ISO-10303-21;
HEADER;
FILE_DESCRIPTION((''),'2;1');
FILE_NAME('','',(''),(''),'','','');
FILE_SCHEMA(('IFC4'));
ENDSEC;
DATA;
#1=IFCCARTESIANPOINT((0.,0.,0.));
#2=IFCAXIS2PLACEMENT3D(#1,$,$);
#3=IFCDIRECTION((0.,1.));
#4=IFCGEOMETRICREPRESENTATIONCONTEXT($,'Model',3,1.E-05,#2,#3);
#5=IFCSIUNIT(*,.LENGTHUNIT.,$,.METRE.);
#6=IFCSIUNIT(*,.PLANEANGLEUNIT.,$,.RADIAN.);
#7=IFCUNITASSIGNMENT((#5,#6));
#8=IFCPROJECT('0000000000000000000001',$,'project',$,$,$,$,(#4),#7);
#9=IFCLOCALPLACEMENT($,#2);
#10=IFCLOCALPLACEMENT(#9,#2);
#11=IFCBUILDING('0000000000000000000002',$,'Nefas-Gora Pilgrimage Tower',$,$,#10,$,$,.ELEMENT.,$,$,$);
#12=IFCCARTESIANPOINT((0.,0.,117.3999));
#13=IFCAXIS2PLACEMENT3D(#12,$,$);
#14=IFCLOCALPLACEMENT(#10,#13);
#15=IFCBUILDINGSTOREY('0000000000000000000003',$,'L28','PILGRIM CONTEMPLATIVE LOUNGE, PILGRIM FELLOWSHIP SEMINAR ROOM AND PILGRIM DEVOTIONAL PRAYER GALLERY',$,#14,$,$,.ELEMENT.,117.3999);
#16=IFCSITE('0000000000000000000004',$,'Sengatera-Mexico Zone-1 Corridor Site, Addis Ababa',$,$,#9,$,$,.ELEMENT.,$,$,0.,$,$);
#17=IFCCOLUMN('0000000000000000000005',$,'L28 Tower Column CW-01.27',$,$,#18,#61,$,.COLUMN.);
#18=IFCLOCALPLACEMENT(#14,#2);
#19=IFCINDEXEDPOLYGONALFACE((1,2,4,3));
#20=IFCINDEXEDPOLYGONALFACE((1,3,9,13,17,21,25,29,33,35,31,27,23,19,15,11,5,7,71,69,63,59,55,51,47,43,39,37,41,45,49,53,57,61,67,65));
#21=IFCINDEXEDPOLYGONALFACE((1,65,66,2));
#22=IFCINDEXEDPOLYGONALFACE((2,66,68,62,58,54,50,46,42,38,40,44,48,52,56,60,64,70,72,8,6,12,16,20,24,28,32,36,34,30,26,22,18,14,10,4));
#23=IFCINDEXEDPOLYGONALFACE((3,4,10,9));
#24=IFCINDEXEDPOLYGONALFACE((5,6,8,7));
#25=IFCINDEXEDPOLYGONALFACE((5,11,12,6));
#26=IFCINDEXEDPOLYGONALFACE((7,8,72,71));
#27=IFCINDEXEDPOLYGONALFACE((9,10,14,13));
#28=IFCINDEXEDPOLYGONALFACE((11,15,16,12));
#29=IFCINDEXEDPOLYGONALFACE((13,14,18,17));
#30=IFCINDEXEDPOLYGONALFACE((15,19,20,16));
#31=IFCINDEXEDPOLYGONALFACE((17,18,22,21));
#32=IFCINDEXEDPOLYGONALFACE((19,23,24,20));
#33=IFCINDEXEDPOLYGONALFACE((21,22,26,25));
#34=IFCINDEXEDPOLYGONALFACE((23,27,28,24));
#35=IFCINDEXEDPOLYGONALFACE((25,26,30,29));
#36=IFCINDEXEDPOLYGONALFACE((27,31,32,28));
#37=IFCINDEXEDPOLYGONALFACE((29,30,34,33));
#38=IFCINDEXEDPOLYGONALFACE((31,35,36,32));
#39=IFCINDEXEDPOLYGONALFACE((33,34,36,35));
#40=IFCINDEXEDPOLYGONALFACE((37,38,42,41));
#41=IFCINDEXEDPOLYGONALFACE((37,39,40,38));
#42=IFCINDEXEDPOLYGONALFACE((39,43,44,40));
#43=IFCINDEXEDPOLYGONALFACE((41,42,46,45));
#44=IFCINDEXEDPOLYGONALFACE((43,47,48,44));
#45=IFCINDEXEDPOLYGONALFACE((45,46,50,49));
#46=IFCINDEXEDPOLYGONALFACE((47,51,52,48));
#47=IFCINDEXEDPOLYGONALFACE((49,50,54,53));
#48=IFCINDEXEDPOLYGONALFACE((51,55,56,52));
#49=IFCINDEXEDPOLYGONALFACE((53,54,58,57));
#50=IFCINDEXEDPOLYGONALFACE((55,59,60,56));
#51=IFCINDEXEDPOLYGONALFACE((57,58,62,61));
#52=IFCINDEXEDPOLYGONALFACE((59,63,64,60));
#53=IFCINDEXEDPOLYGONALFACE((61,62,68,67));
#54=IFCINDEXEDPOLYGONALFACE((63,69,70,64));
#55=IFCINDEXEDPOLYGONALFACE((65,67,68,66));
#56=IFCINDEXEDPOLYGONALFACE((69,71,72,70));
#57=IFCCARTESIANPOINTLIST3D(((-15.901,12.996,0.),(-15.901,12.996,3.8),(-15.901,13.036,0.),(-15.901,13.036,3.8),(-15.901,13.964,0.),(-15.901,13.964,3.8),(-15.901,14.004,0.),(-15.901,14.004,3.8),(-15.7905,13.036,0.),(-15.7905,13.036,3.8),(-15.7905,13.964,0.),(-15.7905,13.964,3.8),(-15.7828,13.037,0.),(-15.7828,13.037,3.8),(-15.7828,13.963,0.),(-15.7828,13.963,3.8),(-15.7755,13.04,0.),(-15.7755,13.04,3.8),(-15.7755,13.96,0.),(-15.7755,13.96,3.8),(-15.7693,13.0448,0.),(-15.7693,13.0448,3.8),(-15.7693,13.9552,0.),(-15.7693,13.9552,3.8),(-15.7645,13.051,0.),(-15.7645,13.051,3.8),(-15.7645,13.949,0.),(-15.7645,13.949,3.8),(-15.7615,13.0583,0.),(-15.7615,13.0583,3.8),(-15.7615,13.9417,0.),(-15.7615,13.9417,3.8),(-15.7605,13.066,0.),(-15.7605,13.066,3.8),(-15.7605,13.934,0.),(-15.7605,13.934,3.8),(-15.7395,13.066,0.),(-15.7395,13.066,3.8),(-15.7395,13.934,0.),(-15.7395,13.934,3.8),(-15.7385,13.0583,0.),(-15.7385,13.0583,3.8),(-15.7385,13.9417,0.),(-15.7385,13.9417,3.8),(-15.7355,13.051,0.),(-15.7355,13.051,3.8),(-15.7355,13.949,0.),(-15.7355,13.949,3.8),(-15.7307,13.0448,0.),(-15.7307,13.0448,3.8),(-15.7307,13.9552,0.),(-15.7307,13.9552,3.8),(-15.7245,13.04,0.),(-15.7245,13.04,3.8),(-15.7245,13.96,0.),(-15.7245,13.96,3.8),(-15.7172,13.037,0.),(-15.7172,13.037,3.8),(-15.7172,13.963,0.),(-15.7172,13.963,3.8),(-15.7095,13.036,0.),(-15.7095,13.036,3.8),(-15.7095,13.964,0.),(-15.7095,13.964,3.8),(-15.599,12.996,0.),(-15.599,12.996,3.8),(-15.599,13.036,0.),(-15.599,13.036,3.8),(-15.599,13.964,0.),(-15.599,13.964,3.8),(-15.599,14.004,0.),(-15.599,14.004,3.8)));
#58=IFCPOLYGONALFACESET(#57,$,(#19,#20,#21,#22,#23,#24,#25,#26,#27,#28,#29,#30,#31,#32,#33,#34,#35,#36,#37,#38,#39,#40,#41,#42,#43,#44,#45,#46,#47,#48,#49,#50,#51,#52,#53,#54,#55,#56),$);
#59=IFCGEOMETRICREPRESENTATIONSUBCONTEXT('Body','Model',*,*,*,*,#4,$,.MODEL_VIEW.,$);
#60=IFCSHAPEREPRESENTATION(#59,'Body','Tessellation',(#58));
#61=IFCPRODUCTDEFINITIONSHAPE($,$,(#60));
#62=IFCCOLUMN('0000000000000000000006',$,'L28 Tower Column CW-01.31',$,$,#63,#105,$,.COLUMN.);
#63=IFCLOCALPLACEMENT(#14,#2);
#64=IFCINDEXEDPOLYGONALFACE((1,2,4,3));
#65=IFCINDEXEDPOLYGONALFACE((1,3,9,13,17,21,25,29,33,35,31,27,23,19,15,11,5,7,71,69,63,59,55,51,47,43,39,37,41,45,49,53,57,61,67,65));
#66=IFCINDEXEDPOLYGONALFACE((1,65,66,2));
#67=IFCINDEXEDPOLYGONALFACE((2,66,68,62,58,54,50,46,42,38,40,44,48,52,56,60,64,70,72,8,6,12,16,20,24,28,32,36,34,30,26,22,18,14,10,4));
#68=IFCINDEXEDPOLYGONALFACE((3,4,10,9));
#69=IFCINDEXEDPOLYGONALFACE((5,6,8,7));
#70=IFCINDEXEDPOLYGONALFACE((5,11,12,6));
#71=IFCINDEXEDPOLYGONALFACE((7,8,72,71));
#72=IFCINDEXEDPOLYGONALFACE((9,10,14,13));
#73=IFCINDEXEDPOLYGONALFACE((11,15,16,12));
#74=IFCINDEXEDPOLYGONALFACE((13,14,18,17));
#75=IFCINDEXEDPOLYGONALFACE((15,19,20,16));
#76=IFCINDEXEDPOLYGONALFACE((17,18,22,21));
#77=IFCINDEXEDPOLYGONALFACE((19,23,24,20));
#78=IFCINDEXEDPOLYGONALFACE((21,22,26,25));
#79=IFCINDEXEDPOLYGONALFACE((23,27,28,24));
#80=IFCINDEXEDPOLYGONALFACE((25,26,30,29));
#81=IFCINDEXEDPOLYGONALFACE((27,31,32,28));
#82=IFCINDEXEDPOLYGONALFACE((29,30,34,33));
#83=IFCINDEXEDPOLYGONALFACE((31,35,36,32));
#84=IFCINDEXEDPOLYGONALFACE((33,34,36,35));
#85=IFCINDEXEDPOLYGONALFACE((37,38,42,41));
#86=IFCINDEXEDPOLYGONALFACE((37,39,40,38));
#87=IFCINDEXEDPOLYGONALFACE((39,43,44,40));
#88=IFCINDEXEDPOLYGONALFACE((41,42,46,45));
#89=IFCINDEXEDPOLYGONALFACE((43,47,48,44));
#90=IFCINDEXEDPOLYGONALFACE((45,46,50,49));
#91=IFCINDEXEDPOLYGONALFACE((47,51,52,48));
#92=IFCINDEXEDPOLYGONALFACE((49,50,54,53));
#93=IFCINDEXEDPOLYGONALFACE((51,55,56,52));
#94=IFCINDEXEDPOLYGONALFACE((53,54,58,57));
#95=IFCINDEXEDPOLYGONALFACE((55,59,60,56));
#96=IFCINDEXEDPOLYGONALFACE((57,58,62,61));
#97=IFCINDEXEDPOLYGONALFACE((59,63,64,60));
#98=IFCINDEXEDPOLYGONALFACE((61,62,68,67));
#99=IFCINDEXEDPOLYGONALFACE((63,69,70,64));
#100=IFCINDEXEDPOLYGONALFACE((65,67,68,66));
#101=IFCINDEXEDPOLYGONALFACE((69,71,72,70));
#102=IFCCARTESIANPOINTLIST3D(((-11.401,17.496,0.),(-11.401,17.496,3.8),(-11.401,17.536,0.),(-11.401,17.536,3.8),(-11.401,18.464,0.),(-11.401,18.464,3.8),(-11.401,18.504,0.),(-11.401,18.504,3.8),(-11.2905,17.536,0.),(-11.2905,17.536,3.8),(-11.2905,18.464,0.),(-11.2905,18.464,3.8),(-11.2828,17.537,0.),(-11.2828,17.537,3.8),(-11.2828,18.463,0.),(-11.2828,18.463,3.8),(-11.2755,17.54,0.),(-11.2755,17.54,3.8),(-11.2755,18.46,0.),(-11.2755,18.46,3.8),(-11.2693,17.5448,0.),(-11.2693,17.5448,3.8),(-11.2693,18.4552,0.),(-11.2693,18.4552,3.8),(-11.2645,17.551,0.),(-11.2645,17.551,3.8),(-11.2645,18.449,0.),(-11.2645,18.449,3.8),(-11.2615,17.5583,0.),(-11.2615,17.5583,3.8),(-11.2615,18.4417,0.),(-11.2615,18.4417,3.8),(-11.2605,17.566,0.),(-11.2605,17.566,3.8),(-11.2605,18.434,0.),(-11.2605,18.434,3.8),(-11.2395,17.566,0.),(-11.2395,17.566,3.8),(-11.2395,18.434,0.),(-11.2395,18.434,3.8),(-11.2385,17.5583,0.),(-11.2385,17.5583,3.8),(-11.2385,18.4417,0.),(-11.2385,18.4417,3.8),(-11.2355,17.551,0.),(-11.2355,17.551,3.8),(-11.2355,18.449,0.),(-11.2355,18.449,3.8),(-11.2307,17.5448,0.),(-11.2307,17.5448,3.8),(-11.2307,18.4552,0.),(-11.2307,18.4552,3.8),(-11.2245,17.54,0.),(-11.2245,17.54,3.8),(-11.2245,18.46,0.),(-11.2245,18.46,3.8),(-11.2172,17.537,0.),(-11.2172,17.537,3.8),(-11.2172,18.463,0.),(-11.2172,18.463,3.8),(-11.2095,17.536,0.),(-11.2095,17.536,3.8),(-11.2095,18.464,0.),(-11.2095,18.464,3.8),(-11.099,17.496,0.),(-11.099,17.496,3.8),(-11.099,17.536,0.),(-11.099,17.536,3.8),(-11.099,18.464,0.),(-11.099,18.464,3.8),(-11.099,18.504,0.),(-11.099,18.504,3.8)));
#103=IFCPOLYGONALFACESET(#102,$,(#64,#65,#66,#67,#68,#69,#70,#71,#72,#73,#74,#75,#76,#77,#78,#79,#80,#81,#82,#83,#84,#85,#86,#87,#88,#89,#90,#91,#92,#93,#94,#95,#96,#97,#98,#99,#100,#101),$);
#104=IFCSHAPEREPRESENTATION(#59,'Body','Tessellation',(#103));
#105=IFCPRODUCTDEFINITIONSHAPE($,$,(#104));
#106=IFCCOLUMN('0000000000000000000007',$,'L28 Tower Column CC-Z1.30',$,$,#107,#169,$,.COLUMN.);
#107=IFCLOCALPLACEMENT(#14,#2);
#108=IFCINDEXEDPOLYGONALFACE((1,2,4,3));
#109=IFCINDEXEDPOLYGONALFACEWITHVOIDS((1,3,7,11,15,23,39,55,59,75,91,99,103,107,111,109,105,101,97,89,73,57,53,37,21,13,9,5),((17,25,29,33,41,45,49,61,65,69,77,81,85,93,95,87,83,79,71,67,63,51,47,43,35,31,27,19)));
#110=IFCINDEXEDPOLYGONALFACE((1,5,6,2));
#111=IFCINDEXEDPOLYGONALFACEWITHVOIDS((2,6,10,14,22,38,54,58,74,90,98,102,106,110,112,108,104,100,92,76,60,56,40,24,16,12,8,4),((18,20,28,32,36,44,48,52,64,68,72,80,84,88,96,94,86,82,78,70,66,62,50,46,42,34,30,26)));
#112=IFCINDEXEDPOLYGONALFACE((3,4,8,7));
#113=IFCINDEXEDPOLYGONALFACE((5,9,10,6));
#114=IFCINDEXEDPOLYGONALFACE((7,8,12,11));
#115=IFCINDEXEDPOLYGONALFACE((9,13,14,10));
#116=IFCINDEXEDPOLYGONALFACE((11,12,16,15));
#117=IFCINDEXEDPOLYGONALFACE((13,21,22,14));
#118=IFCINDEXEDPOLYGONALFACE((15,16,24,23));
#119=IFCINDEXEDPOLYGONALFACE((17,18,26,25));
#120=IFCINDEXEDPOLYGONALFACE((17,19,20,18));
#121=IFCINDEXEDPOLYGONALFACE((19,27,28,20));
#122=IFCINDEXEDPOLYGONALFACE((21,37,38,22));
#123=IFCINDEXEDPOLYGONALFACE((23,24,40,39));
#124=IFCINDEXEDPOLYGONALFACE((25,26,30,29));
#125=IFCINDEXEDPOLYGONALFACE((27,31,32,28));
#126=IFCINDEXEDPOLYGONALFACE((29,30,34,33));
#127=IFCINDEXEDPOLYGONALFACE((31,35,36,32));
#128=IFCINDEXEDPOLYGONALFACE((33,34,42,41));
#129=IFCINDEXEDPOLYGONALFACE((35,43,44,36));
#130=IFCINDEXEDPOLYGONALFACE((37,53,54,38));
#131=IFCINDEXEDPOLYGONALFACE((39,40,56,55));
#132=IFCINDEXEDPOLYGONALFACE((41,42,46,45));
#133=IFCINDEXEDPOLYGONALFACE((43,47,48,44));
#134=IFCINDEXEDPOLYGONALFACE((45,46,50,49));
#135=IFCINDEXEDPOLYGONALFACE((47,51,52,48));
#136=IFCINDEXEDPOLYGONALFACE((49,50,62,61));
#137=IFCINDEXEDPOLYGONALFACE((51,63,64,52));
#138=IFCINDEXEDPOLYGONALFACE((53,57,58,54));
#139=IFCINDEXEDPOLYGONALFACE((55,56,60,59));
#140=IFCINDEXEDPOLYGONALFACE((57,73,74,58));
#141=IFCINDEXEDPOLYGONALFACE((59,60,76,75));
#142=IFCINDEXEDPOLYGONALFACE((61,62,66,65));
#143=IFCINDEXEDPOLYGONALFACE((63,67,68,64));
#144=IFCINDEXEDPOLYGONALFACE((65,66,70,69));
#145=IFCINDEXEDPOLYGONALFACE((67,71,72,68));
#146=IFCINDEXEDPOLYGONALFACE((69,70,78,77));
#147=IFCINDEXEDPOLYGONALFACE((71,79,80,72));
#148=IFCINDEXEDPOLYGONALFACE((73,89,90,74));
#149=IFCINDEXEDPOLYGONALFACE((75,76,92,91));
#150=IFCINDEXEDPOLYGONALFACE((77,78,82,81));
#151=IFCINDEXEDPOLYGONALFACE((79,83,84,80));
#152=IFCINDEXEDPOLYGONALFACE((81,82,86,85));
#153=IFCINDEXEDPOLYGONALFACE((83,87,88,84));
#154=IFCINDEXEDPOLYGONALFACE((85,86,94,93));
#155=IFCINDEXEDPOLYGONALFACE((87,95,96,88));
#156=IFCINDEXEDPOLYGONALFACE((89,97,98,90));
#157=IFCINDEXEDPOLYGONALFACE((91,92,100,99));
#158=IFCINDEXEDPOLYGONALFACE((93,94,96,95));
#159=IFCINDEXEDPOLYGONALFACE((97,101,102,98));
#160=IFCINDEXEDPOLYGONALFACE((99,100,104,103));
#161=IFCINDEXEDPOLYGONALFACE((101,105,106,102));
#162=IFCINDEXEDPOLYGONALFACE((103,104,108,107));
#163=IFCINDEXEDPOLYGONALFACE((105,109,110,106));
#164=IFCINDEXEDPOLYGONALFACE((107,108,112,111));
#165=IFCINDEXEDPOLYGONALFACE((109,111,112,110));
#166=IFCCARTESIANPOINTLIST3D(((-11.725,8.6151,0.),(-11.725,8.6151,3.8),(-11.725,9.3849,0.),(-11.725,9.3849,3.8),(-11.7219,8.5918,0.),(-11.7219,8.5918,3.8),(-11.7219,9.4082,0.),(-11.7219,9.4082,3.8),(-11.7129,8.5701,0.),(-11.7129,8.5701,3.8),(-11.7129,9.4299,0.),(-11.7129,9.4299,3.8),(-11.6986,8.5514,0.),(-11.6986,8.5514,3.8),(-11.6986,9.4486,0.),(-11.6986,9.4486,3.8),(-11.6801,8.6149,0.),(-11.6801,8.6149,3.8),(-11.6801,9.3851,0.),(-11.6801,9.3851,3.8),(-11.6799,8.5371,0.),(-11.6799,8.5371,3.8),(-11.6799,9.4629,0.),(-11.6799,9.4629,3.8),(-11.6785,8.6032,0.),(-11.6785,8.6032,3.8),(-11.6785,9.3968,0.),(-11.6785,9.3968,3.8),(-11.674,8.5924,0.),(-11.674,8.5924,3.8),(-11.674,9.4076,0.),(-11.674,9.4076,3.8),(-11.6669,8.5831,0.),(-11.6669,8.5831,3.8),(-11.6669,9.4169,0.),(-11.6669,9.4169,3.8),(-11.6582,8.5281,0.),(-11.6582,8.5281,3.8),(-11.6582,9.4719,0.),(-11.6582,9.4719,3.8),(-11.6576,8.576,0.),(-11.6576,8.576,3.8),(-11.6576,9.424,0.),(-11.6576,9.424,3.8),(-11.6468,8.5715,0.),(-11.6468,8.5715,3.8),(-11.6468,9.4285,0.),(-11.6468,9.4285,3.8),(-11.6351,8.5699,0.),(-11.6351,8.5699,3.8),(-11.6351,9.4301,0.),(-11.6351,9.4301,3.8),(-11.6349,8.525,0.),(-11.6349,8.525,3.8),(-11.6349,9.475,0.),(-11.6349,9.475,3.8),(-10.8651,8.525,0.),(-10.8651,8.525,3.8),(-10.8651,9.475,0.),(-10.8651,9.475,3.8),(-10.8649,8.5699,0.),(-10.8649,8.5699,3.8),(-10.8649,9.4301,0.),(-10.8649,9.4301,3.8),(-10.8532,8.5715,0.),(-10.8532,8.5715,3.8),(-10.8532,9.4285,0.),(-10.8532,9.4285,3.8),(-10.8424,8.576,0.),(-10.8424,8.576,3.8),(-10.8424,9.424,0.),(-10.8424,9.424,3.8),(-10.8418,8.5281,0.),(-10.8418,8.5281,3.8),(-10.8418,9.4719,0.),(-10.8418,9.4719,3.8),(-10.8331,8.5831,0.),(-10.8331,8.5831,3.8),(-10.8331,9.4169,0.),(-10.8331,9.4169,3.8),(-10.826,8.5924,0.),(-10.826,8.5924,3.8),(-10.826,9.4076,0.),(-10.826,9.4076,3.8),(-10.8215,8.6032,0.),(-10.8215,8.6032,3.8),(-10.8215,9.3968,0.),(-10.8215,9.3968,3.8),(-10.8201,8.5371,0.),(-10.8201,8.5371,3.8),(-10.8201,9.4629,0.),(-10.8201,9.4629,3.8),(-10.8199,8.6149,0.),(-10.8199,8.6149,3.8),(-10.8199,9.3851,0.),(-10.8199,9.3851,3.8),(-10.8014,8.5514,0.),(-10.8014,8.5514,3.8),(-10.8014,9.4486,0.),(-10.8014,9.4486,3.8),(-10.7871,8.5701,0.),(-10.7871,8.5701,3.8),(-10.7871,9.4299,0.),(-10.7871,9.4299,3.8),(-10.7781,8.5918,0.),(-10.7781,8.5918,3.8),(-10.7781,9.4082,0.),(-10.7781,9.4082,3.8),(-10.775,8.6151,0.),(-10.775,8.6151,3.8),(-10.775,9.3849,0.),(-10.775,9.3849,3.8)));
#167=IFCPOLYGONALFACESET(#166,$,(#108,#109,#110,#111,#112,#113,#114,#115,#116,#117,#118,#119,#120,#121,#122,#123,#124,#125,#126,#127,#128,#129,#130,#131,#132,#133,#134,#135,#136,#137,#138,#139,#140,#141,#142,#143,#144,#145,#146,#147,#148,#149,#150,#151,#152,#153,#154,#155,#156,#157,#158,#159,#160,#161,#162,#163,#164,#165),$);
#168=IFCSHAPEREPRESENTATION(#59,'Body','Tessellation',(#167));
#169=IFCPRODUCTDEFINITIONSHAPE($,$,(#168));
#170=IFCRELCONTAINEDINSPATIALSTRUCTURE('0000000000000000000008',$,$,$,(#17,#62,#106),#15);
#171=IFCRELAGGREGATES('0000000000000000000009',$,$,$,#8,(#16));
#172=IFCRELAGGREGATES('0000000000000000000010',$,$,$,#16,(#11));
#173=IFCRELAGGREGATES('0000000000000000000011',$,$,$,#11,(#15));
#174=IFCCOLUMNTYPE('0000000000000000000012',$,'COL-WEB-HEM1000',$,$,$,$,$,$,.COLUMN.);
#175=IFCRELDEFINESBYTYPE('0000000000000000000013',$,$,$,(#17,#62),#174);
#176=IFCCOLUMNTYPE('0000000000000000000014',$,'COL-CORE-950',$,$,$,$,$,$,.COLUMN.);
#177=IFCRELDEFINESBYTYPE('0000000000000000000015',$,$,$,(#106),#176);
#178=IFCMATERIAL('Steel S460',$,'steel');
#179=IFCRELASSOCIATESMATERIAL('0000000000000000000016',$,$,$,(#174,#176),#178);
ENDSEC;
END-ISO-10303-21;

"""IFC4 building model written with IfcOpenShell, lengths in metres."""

from ifc_helpers import new_model, si_unit, direction, frame, origin, origin_2d, place, context, subcontext, project, spatial, hollow_rectangle, i_section, extrude, source, transform, mapped, material, material_profile, profile_set, type_object, element, save


model = new_model("IFC4")

# Units and contexts
model_context = context("Model", 3, precision=1e-05, world=origin(), true_north=direction((0.0, 1.0)))
body_context = subcontext(model_context, "Body", "Model", "MODEL_VIEW")
ifc_project = project(units=[si_unit("LENGTHUNIT", "METRE"), si_unit("PLANEANGLEUNIT", "RADIAN")], contexts=[model_context])

# Site, building, storey
site_placement = place(None, origin())
site = spatial("IfcSite", under=ifc_project, at=site_placement, Name="Sengatera-Mexico Zone-1 Corridor Site, Addis Ababa", CompositionType="ELEMENT", RefElevation=0.0)
building_placement = place(site_placement, origin())
building = spatial("IfcBuilding", under=site, at=building_placement, Name="Nefas-Gora Pilgrimage Tower", CompositionType="ELEMENT")
storey_placement = place(building_placement, frame((0.0, 0.0, 117.3999)))
storey = spatial("IfcBuildingStorey", under=building, at=storey_placement, Name="L28", Description="PILGRIM CONTEMPLATIVE LOUNGE, PILGRIM FELLOWSHIP SEMINAR ROOM AND PILGRIM DEVOTIONAL PRAYER GALLERY", CompositionType="ELEMENT", Elevation=117.3999)

# Columns
ifc_material_1 = material(Name="Steel S460", Category="steel")
ifc_material_profile_1 = material_profile(ifc_material_1, i_section(OverallWidth=0.302, OverallDepth=1.0081, WebThickness=0.021, FlangeThickness=0.04, FilletRadius=0.03, at=origin_2d()), Name="HEM 1000")
ifc_profile_set_1 = profile_set([ifc_material_profile_1], Name="Steel S460")
column_type_1 = type_object("IfcColumnType", Name="COL-WEB-HEM1000", PredefinedType="COLUMN", material=ifc_profile_set_1)
shared_shape_1 = source(origin(), body_context, "Body", "SweptSolid", [
    extrude(i_section(OverallWidth=0.302, OverallDepth=1.0081, WebThickness=0.021, FlangeThickness=0.04, FilletRadius=0.03, at=origin_2d()), origin(), (0.0, 0.0, 1.0), 3.8),
])
for number, where, z_axis, x_axis, name in (
    (1, (-15.75, 13.5, 0.0), (0.0, 0.0, 1.0), (1.0, 0.0, 0.0), "L28 Tower Column CW-01.27"),
    (2, (-11.25, 18.0, 0.0), (0.0, 0.0, 1.0), (1.0, 0.0, 0.0), "L28 Tower Column CW-01.31"),
):
    element("IfcColumn", number, at=place(storey_placement, frame(where, z_axis=z_axis, x_axis=x_axis)), inside=storey, type_object=column_type_1, Name=name, PredefinedType="COLUMN", context=body_context, shape_type="MappedRepresentation", body=[
        mapped(shared_shape_1, transform((0.0, 0.0, 0.0), x_axis=(1.0, 0.0, 0.0), y_axis=(0.0, 1.0, 0.0), z_axis=(0.0, 0.0, 1.0), scale=1.0)),
    ])
ifc_material_profile_2 = material_profile(ifc_material_1, hollow_rectangle(XDim=0.95, YDim=0.95, WallThickness=0.0449, InnerFilletRadius=0.0449, OuterFilletRadius=0.0901, at=origin_2d()), Name="BOX 950x950x45")
ifc_profile_set_2 = profile_set([ifc_material_profile_2], Name="Steel S460")
column_type_2 = type_object("IfcColumnType", Name="COL-CORE-950", PredefinedType="COLUMN", material=ifc_profile_set_2)
shared_shape_2 = source(origin(), body_context, "Body", "SweptSolid", [
    extrude(hollow_rectangle(XDim=0.95, YDim=0.95, WallThickness=0.0449, InnerFilletRadius=0.0449, OuterFilletRadius=0.0901, at=origin_2d()), origin(), (0.0, 0.0, 1.0), 3.8),
])
column_placement = place(storey_placement, frame((-11.25, 9.0, 0.0), z_axis=(0.0, 0.0, 1.0), x_axis=(1.0, 0.0, 0.0)))
element("IfcColumn", 3, at=column_placement, inside=storey, type_object=column_type_2, Name="L28 Tower Column CC-Z1.30", PredefinedType="COLUMN", context=body_context, shape_type="MappedRepresentation", body=[
    mapped(shared_shape_2, transform((0.0, 0.0, 0.0), x_axis=(1.0, 0.0, 0.0), y_axis=(0.0, 1.0, 0.0), z_axis=(0.0, 0.0, 1.0), scale=1.0)),
])

save(model, "model.ifc")
